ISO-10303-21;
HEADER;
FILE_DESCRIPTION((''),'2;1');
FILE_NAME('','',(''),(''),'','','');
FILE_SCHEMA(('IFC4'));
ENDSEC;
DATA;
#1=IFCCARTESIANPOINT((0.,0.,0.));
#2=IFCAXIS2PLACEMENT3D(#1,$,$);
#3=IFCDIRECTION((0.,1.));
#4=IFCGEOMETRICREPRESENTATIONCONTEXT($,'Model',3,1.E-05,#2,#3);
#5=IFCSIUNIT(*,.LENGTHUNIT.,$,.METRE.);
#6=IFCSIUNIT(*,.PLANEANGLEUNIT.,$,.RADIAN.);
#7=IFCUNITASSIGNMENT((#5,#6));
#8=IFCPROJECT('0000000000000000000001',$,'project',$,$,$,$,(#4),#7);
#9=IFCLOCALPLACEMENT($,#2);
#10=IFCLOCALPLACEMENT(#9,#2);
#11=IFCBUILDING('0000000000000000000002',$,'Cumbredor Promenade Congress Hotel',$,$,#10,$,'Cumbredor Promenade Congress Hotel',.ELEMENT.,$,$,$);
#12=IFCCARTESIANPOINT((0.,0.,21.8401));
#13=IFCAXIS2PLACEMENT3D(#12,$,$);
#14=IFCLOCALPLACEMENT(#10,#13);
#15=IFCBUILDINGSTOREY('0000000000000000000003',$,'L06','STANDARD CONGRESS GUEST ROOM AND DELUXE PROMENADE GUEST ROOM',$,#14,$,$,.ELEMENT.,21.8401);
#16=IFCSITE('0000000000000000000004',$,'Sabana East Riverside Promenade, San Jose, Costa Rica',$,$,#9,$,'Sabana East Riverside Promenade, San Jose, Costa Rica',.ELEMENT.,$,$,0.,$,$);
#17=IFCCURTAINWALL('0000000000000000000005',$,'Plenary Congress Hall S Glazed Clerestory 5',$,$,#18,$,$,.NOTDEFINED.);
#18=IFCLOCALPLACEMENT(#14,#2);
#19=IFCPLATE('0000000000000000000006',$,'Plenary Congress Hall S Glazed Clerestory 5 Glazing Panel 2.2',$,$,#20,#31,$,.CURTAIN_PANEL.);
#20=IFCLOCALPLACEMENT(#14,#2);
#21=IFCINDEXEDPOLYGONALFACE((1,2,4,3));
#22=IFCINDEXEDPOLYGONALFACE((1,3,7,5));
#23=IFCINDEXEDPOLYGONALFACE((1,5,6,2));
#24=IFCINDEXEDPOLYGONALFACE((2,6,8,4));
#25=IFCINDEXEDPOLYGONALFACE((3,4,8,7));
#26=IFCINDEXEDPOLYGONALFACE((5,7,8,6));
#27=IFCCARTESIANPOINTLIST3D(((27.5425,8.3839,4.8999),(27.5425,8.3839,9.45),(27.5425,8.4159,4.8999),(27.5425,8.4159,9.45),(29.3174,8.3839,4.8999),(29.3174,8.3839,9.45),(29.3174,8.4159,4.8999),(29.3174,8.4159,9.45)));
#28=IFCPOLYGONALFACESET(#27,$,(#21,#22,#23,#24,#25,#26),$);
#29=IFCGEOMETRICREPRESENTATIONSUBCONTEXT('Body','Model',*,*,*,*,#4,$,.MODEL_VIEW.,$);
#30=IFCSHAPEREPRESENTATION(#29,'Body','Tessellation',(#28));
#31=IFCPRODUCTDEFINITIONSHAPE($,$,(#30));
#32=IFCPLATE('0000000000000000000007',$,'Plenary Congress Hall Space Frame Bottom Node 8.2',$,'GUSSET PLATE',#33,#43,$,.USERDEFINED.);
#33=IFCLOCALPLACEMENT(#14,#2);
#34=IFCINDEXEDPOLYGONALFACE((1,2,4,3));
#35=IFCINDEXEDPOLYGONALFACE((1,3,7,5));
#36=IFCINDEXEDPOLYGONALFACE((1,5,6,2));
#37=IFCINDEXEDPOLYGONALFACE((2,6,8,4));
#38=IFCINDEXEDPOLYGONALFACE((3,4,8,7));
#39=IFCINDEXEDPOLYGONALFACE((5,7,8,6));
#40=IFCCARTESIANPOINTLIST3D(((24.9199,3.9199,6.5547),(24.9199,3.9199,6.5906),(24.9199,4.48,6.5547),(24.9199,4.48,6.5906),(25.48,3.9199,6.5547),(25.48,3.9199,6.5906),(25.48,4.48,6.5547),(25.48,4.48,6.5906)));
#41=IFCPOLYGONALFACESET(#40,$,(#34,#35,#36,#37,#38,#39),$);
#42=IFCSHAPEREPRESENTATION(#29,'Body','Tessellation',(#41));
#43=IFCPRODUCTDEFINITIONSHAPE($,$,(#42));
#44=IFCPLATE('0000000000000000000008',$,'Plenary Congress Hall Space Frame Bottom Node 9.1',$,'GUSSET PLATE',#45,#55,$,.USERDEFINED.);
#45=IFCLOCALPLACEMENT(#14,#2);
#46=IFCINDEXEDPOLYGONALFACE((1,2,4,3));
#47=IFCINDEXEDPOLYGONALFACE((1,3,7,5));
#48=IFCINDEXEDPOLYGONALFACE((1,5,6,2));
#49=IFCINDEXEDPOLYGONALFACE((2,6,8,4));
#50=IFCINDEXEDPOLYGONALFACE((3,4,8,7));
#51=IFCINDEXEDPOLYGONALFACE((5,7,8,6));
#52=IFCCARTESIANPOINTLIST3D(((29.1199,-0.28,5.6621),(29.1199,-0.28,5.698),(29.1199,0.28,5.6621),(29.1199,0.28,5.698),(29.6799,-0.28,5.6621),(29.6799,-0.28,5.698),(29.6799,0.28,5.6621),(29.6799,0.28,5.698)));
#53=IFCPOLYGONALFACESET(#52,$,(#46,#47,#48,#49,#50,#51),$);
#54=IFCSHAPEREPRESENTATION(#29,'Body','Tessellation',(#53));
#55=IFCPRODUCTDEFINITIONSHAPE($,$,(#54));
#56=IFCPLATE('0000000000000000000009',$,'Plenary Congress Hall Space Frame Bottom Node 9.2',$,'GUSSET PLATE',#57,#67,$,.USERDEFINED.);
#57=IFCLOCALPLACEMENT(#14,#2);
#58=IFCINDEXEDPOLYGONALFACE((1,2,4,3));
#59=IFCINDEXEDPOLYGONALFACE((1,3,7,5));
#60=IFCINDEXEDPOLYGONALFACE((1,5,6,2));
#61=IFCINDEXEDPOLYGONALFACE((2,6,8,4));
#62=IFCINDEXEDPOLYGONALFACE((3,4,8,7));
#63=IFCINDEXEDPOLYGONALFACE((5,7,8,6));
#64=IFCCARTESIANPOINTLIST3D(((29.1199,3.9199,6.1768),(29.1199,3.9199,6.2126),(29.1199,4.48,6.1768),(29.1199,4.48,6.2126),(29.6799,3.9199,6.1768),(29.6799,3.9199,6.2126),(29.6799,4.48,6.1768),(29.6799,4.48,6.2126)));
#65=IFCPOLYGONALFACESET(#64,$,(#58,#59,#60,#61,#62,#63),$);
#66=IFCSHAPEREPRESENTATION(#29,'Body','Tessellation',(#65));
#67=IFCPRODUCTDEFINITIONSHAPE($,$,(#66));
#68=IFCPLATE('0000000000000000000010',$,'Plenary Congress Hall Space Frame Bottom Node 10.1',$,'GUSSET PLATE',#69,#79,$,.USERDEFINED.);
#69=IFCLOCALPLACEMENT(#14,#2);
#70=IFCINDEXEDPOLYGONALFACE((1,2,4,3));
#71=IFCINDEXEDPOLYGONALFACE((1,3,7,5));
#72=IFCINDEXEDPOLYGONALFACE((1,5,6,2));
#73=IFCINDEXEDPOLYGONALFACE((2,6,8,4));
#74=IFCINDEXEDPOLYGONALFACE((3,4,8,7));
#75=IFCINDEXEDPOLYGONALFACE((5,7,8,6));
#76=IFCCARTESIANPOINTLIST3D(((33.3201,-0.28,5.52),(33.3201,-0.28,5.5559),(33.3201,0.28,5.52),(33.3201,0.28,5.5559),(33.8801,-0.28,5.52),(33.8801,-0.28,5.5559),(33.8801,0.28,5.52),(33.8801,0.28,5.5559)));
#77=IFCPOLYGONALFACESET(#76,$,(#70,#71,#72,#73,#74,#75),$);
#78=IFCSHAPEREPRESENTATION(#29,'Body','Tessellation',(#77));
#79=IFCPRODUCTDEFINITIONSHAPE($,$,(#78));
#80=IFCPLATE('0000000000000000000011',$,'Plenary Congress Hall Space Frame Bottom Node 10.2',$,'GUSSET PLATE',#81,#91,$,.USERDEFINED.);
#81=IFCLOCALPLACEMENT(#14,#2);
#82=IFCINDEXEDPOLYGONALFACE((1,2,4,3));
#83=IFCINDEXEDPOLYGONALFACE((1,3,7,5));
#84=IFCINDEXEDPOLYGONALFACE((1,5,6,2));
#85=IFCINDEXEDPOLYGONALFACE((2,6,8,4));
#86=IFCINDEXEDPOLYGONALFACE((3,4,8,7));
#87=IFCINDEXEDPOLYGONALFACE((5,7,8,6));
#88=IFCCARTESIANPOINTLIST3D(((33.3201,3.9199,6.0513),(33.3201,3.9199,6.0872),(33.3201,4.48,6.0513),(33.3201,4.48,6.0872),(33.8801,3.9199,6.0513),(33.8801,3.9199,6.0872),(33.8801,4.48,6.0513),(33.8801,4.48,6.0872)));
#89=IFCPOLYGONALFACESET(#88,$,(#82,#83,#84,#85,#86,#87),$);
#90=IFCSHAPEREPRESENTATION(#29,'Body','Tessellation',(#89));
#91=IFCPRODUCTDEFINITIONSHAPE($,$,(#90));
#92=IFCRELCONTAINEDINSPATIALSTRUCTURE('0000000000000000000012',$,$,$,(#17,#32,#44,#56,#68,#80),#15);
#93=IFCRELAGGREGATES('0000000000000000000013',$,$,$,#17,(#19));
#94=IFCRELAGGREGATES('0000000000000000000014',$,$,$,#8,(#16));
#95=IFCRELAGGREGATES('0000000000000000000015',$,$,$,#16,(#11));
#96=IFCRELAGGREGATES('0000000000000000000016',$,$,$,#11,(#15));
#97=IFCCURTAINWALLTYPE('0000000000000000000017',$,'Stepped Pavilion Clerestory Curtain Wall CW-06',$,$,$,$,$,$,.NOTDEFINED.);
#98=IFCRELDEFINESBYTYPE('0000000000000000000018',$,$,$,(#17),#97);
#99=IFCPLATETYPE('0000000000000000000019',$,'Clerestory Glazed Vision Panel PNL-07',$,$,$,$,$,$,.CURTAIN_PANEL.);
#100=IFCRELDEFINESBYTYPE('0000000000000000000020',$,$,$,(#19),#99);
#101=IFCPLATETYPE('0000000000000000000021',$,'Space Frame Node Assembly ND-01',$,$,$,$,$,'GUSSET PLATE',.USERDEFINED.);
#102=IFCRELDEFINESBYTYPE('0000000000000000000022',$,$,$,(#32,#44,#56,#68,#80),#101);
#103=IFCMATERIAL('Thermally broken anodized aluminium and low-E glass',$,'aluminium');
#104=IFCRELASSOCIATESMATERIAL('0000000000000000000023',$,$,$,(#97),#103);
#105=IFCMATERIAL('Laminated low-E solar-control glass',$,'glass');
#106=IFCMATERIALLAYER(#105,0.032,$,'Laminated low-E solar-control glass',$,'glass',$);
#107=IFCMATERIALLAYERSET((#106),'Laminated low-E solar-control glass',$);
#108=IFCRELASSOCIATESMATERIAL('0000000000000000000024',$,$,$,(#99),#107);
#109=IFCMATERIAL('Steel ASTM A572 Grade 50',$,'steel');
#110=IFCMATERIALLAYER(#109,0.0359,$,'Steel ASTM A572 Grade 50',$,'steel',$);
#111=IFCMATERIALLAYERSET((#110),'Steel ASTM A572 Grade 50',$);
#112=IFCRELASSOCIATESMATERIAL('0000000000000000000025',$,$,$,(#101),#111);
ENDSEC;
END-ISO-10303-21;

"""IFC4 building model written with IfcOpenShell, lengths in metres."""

from ifc_helpers import new_model, si_unit, direction, frame, origin, origin_2d, place, context, subcontext, project, spatial, rectangle, extrude, material, layer, layer_set, type_object, element, aggregate, save


model = new_model("IFC4")

# Units and contexts
model_context = context("Model", 3, precision=1e-05, world=origin(), true_north=direction((0.0, 1.0)))
body_context = subcontext(model_context, "Body", "Model", "MODEL_VIEW")
ifc_project = project(units=[si_unit("LENGTHUNIT", "METRE"), si_unit("PLANEANGLEUNIT", "RADIAN")], contexts=[model_context])

# Site, building, storey
site_placement = place(None, origin())
site = spatial("IfcSite", under=ifc_project, at=site_placement, Name="Sabana East Riverside Promenade, San Jose, Costa Rica", LongName="Sabana East Riverside Promenade, San Jose, Costa Rica", CompositionType="ELEMENT", RefElevation=0.0)
building_placement = place(site_placement, origin())
building = spatial("IfcBuilding", under=site, at=building_placement, Name="Cumbredor Promenade Congress Hotel", LongName="Cumbredor Promenade Congress Hotel", CompositionType="ELEMENT")
storey_placement = place(building_placement, frame((0.0, 0.0, 21.8401)))
storey = spatial("IfcBuildingStorey", under=building, at=storey_placement, Name="L06", Description="STANDARD CONGRESS GUEST ROOM AND DELUXE PROMENADE GUEST ROOM", CompositionType="ELEMENT", Elevation=21.8401)

# Curtain wall
ifc_material_1 = material(Name="Thermally broken anodized aluminium and low-E glass", Category="aluminium")
curtain_wall_type = type_object("IfcCurtainWallType", Name="Stepped Pavilion Clerestory Curtain Wall CW-06", PredefinedType="NOTDEFINED", material=ifc_material_1)
curtain_wall_placement = place(storey_placement, origin())
curtain_wall = element("IfcCurtainWall", 1, at=curtain_wall_placement, inside=storey, type_object=curtain_wall_type, Name="Plenary Congress Hall S Glazed Clerestory 5", PredefinedType="NOTDEFINED")

# Plate
ifc_material_2 = material(Name="Laminated low-E solar-control glass", Category="glass")
ifc_layer_1 = layer(ifc_material_2, 0.032, Name="Laminated low-E solar-control glass", Category="glass")
ifc_layer_set_1 = layer_set([ifc_layer_1], Name="Laminated low-E solar-control glass")
plate_type_1 = type_object("IfcPlateType", Name="Clerestory Glazed Vision Panel PNL-07", PredefinedType="CURTAIN_PANEL", material=ifc_layer_set_1)
plate_1_placement = place(storey_placement, frame((28.4299, 8.3999, 4.8999), z_axis=(0.0, 0.0, 1.0), x_axis=(1.0, 0.0, 0.0)))
plate_1 = element("IfcPlate", 2, at=plate_1_placement, type_object=plate_type_1, Name="Plenary Congress Hall S Glazed Clerestory 5 Glazing Panel 2.2", PredefinedType="CURTAIN_PANEL", context=body_context, shape_type="SweptSolid", body=[
    extrude(rectangle(XDim=1.7749, YDim=0.032, at=origin_2d()), origin(), (0.0, 0.0, 1.0), 4.55),
])
aggregate(curtain_wall, [plate_1])

# Plates
ifc_material_3 = material(Name="Steel ASTM A572 Grade 50", Category="steel")
ifc_layer_2 = layer(ifc_material_3, 0.0359, Name="Steel ASTM A572 Grade 50", Category="steel")
ifc_layer_set_2 = layer_set([ifc_layer_2], Name="Steel ASTM A572 Grade 50")
plate_type_2 = type_object("IfcPlateType", Name="Space Frame Node Assembly ND-01", ElementType="GUSSET PLATE", PredefinedType="USERDEFINED", material=ifc_layer_set_2)
for number, where, z_axis, x_axis, name in (
    (3, (25.2, 4.2, 6.5547), (0.0, 0.0, 1.0), (1.0, 0.0, 0.0), "Plenary Congress Hall Space Frame Bottom Node 8.2"),
    (4, (29.3999, 0.0, 5.6621), (0.0, 0.0, 1.0), (1.0, 0.0, 0.0), "Plenary Congress Hall Space Frame Bottom Node 9.1"),
    (5, (29.3999, 4.2, 6.1768), (0.0, 0.0, 1.0), (1.0, 0.0, 0.0), "Plenary Congress Hall Space Frame Bottom Node 9.2"),
    (6, (33.6001, 0.0, 5.52), (0.0, 0.0, 1.0), (1.0, 0.0, 0.0), "Plenary Congress Hall Space Frame Bottom Node 10.1"),
    (7, (33.6001, 4.2, 6.0513), (0.0, 0.0, 1.0), (1.0, 0.0, 0.0), "Plenary Congress Hall Space Frame Bottom Node 10.2"),
):
    element("IfcPlate", number, at=place(storey_placement, frame(where, z_axis=z_axis, x_axis=x_axis)), inside=storey, type_object=plate_type_2, Name=name, ObjectType="GUSSET PLATE", PredefinedType="USERDEFINED", context=body_context, shape_type="SweptSolid", body=[
        extrude(rectangle(XDim=0.5601, YDim=0.5601, at=origin_2d()), origin(), (0.0, 0.0, 1.0), 0.0359),
    ])

save(model, "model.ifc")
